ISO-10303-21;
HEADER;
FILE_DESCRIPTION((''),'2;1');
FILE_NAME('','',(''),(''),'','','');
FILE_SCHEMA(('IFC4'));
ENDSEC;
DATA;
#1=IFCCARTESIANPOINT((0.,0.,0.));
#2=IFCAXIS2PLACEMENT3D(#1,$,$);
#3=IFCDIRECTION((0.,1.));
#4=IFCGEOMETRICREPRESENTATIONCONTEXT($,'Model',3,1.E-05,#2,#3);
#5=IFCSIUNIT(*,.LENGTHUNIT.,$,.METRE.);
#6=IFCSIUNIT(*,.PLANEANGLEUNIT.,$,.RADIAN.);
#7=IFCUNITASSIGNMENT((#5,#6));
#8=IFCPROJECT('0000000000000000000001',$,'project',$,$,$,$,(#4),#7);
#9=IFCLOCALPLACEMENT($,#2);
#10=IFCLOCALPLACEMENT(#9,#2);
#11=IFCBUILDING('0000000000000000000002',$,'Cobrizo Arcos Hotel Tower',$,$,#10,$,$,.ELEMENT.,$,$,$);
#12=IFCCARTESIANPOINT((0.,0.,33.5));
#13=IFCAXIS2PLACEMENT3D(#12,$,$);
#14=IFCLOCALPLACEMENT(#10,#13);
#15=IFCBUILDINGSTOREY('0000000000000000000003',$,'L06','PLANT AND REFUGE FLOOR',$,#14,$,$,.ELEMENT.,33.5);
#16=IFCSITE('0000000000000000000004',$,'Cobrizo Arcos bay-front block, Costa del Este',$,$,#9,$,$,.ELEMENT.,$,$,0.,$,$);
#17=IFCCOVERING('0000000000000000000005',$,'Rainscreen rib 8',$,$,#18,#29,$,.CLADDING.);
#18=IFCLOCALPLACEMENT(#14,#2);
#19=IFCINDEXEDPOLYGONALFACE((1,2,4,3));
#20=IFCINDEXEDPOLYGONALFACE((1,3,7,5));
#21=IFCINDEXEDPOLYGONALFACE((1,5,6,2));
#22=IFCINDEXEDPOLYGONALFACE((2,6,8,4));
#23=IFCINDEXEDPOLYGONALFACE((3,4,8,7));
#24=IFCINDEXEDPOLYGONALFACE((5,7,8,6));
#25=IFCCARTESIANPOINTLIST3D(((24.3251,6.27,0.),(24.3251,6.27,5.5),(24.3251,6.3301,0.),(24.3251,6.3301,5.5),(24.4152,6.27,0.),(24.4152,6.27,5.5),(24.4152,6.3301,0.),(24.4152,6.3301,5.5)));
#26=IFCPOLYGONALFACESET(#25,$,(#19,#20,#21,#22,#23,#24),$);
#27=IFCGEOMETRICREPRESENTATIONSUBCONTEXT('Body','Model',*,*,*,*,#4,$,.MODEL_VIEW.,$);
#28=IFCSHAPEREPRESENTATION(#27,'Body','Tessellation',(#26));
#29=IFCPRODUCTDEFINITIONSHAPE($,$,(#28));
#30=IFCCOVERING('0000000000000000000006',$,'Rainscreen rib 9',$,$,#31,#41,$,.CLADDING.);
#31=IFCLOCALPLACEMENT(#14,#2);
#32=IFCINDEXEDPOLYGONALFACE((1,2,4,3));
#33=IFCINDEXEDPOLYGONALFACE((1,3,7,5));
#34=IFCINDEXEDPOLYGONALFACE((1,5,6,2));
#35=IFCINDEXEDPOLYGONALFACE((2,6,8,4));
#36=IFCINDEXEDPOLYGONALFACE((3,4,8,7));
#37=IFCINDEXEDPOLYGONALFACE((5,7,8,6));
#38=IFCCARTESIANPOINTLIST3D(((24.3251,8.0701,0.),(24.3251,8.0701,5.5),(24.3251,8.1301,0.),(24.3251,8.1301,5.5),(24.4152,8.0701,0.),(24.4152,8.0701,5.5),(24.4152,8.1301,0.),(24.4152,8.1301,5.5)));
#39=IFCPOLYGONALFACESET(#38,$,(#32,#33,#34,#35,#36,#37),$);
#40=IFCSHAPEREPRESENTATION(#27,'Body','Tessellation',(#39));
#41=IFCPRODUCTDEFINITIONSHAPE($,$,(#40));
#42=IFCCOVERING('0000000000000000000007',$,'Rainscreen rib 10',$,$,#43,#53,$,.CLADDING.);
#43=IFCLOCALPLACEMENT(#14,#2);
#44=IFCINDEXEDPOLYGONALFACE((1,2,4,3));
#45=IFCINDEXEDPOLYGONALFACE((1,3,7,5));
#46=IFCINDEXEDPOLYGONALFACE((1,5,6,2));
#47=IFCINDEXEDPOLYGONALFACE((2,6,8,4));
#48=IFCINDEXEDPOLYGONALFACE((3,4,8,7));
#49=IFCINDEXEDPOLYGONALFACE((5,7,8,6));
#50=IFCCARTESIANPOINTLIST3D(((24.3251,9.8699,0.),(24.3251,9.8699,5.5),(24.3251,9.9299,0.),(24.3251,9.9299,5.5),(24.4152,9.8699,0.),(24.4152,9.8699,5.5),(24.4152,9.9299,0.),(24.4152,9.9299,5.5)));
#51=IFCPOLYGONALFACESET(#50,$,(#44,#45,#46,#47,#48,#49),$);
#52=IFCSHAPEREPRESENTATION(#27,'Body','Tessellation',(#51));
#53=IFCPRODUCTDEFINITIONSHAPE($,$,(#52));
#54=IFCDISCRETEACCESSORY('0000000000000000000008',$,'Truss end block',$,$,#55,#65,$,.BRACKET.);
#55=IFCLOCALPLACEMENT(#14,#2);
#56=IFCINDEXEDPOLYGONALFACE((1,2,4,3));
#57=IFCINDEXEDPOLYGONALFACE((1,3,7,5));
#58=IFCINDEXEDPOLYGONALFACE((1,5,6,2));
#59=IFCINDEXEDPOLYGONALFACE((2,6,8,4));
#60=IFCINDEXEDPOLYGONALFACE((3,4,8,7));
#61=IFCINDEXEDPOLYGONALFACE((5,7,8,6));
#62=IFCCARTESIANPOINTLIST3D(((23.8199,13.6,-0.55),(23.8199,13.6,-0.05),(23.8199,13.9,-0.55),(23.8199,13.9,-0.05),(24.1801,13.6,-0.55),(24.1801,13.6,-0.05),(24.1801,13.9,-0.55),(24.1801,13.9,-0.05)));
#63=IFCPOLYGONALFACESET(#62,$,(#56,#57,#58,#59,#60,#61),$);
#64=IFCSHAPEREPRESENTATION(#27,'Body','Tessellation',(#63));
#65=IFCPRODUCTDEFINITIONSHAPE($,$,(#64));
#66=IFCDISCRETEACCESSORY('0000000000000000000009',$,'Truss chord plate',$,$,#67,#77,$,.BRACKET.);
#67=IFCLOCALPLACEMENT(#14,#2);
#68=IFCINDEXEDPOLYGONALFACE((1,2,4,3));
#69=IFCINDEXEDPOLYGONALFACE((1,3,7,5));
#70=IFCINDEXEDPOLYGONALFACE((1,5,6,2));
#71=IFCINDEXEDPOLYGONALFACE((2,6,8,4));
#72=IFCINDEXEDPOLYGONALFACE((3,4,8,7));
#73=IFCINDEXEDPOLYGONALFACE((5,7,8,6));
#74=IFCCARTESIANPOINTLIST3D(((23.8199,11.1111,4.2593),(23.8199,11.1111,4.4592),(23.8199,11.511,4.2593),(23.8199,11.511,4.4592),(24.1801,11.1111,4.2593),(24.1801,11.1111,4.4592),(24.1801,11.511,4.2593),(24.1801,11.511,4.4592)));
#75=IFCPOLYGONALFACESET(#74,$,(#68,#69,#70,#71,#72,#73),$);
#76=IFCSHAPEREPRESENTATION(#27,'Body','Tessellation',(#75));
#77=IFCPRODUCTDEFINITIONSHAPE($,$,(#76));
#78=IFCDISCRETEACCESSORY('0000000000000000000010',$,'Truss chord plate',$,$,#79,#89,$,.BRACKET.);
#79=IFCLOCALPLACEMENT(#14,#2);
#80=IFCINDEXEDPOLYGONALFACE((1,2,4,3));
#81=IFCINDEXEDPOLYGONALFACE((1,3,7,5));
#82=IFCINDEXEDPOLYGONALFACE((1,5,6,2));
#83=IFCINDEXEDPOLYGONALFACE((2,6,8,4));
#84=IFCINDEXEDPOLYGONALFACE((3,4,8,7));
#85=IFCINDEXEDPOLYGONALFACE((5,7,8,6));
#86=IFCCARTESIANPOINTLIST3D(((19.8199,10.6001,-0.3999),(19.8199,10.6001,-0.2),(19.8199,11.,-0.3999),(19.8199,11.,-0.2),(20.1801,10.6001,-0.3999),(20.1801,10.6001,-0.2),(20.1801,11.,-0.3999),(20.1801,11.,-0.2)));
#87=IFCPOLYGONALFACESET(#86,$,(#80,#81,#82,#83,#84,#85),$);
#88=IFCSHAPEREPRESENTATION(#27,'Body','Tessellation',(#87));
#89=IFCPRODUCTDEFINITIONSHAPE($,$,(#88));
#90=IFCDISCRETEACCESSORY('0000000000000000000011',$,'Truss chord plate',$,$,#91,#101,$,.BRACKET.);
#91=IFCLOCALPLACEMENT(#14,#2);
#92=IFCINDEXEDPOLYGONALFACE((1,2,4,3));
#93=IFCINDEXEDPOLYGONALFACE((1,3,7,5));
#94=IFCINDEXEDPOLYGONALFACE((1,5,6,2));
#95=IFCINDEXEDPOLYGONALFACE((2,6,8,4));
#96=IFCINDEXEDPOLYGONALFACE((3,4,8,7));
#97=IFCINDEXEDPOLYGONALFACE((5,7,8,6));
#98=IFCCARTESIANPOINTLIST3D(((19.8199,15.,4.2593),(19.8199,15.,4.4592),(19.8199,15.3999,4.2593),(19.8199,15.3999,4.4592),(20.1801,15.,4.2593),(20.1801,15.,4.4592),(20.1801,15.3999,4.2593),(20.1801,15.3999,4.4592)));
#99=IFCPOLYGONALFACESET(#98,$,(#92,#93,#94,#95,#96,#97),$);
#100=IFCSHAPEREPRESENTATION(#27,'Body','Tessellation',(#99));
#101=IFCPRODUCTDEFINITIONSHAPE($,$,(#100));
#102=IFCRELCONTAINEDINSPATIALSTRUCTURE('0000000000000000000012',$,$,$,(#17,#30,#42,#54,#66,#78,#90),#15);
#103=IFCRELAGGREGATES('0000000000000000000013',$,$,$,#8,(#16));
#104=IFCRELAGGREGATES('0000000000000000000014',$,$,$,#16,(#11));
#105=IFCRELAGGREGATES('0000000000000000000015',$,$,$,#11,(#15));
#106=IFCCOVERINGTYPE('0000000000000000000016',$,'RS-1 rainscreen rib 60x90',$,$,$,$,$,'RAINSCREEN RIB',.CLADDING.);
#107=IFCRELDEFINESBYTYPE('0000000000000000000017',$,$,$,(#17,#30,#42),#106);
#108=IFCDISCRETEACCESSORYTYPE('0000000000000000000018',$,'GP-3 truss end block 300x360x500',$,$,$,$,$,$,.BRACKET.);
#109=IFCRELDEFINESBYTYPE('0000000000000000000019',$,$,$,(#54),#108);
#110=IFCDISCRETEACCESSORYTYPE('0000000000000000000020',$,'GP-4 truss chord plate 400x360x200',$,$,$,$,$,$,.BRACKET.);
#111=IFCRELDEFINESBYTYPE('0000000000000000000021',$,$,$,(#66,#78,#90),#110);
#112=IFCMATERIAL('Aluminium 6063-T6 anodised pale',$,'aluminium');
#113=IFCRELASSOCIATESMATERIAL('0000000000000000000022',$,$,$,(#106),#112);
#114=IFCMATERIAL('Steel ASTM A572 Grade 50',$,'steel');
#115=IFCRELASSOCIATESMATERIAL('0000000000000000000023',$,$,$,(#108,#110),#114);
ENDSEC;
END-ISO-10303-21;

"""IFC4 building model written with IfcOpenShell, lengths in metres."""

from ifc_helpers import new_model, si_unit, direction, frame, origin, origin_2d, place, context, subcontext, project, spatial, rectangle, extrude, material, type_object, element, save


model = new_model("IFC4")

# Units and contexts
model_context = context("Model", 3, precision=1e-05, world=origin(), true_north=direction((0.0, 1.0)))
body_context = subcontext(model_context, "Body", "Model", "MODEL_VIEW")
ifc_project = project(units=[si_unit("LENGTHUNIT", "METRE"), si_unit("PLANEANGLEUNIT", "RADIAN")], contexts=[model_context])

# Site, building, storey
site_placement = place(None, origin())
site = spatial("IfcSite", under=ifc_project, at=site_placement, Name="Cobrizo Arcos bay-front block, Costa del Este", CompositionType="ELEMENT", RefElevation=0.0)
building_placement = place(site_placement, origin())
building = spatial("IfcBuilding", under=site, at=building_placement, Name="Cobrizo Arcos Hotel Tower", CompositionType="ELEMENT")
storey_placement = place(building_placement, frame((0.0, 0.0, 33.5)))
storey = spatial("IfcBuildingStorey", under=building, at=storey_placement, Name="L06", Description="PLANT AND REFUGE FLOOR", CompositionType="ELEMENT", Elevation=33.5)

# Shared definitions
ifc_material_1 = material(Name="Steel ASTM A572 Grade 50", Category="steel")

# Coverings
ifc_material_2 = material(Name="Aluminium 6063-T6 anodised pale", Category="aluminium")
covering_type = type_object("IfcCoveringType", Name="RS-1 rainscreen rib 60x90", ElementType="RAINSCREEN RIB", PredefinedType="CLADDING", material=ifc_material_2)
for number, where, z_axis, x_axis, name in (
    (1, (24.3701, 6.3, 0.0), (0.0, 0.0, 1.0), (0.0, 1.0, 0.0), "Rainscreen rib 8"),
    (2, (24.3701, 8.1001, 0.0), (0.0, 0.0, 1.0), (0.0, 1.0, 0.0), "Rainscreen rib 9"),
    (3, (24.3701, 9.8999, 0.0), (0.0, 0.0, 1.0), (0.0, 1.0, 0.0), "Rainscreen rib 10"),
):
    element("IfcCovering", number, at=place(storey_placement, frame(where, z_axis=z_axis, x_axis=x_axis)), inside=storey, type_object=covering_type, Name=name, PredefinedType="CLADDING", context=body_context, shape_type="SweptSolid", body=[
        extrude(rectangle(XDim=0.0601, YDim=0.0901, at=origin_2d()), origin(), (0.0, 0.0, 1.0), 5.5),
    ])

# Discrete accessories
discrete_accessory_type_1 = type_object("IfcDiscreteAccessoryType", Name="GP-3 truss end block 300x360x500", PredefinedType="BRACKET", material=ifc_material_1)
discrete_accessory_placement = place(storey_placement, frame((24.0, 13.75, -0.55), z_axis=(0.0, 0.0, 1.0), x_axis=(0.0, -1.0, 0.0)))
element("IfcDiscreteAccessory", 4, at=discrete_accessory_placement, inside=storey, type_object=discrete_accessory_type_1, Name="Truss end block", PredefinedType="BRACKET", context=body_context, shape_type="SweptSolid", body=[
    extrude(rectangle(XDim=0.3, YDim=0.3601, at=origin_2d()), origin(), (0.0, 0.0, 1.0), 0.5),
])
discrete_accessory_type_2 = type_object("IfcDiscreteAccessoryType", Name="GP-4 truss chord plate 400x360x200", PredefinedType="BRACKET", material=ifc_material_1)
for number, where, z_axis, x_axis, name in (
    (5, (24.0, 11.311, 4.2593), (0.0, 0.0, 1.0), (0.0, 1.0, 0.0), "Truss chord plate"),
    (6, (20.0, 10.8, -0.3999), (0.0, 0.0, 1.0), (0.0, 1.0, 0.0), "Truss chord plate"),
    (7, (20.0, 15.2, 4.2593), (0.0, 0.0, 1.0), (0.0, 1.0, 0.0), "Truss chord plate"),
):
    element("IfcDiscreteAccessory", number, at=place(storey_placement, frame(where, z_axis=z_axis, x_axis=x_axis)), inside=storey, type_object=discrete_accessory_type_2, Name=name, PredefinedType="BRACKET", context=body_context, shape_type="SweptSolid", body=[
        extrude(rectangle(XDim=0.3999, YDim=0.3601, at=origin_2d()), origin(), (0.0, 0.0, 1.0), 0.2),
    ])

save(model, "model.ifc")
